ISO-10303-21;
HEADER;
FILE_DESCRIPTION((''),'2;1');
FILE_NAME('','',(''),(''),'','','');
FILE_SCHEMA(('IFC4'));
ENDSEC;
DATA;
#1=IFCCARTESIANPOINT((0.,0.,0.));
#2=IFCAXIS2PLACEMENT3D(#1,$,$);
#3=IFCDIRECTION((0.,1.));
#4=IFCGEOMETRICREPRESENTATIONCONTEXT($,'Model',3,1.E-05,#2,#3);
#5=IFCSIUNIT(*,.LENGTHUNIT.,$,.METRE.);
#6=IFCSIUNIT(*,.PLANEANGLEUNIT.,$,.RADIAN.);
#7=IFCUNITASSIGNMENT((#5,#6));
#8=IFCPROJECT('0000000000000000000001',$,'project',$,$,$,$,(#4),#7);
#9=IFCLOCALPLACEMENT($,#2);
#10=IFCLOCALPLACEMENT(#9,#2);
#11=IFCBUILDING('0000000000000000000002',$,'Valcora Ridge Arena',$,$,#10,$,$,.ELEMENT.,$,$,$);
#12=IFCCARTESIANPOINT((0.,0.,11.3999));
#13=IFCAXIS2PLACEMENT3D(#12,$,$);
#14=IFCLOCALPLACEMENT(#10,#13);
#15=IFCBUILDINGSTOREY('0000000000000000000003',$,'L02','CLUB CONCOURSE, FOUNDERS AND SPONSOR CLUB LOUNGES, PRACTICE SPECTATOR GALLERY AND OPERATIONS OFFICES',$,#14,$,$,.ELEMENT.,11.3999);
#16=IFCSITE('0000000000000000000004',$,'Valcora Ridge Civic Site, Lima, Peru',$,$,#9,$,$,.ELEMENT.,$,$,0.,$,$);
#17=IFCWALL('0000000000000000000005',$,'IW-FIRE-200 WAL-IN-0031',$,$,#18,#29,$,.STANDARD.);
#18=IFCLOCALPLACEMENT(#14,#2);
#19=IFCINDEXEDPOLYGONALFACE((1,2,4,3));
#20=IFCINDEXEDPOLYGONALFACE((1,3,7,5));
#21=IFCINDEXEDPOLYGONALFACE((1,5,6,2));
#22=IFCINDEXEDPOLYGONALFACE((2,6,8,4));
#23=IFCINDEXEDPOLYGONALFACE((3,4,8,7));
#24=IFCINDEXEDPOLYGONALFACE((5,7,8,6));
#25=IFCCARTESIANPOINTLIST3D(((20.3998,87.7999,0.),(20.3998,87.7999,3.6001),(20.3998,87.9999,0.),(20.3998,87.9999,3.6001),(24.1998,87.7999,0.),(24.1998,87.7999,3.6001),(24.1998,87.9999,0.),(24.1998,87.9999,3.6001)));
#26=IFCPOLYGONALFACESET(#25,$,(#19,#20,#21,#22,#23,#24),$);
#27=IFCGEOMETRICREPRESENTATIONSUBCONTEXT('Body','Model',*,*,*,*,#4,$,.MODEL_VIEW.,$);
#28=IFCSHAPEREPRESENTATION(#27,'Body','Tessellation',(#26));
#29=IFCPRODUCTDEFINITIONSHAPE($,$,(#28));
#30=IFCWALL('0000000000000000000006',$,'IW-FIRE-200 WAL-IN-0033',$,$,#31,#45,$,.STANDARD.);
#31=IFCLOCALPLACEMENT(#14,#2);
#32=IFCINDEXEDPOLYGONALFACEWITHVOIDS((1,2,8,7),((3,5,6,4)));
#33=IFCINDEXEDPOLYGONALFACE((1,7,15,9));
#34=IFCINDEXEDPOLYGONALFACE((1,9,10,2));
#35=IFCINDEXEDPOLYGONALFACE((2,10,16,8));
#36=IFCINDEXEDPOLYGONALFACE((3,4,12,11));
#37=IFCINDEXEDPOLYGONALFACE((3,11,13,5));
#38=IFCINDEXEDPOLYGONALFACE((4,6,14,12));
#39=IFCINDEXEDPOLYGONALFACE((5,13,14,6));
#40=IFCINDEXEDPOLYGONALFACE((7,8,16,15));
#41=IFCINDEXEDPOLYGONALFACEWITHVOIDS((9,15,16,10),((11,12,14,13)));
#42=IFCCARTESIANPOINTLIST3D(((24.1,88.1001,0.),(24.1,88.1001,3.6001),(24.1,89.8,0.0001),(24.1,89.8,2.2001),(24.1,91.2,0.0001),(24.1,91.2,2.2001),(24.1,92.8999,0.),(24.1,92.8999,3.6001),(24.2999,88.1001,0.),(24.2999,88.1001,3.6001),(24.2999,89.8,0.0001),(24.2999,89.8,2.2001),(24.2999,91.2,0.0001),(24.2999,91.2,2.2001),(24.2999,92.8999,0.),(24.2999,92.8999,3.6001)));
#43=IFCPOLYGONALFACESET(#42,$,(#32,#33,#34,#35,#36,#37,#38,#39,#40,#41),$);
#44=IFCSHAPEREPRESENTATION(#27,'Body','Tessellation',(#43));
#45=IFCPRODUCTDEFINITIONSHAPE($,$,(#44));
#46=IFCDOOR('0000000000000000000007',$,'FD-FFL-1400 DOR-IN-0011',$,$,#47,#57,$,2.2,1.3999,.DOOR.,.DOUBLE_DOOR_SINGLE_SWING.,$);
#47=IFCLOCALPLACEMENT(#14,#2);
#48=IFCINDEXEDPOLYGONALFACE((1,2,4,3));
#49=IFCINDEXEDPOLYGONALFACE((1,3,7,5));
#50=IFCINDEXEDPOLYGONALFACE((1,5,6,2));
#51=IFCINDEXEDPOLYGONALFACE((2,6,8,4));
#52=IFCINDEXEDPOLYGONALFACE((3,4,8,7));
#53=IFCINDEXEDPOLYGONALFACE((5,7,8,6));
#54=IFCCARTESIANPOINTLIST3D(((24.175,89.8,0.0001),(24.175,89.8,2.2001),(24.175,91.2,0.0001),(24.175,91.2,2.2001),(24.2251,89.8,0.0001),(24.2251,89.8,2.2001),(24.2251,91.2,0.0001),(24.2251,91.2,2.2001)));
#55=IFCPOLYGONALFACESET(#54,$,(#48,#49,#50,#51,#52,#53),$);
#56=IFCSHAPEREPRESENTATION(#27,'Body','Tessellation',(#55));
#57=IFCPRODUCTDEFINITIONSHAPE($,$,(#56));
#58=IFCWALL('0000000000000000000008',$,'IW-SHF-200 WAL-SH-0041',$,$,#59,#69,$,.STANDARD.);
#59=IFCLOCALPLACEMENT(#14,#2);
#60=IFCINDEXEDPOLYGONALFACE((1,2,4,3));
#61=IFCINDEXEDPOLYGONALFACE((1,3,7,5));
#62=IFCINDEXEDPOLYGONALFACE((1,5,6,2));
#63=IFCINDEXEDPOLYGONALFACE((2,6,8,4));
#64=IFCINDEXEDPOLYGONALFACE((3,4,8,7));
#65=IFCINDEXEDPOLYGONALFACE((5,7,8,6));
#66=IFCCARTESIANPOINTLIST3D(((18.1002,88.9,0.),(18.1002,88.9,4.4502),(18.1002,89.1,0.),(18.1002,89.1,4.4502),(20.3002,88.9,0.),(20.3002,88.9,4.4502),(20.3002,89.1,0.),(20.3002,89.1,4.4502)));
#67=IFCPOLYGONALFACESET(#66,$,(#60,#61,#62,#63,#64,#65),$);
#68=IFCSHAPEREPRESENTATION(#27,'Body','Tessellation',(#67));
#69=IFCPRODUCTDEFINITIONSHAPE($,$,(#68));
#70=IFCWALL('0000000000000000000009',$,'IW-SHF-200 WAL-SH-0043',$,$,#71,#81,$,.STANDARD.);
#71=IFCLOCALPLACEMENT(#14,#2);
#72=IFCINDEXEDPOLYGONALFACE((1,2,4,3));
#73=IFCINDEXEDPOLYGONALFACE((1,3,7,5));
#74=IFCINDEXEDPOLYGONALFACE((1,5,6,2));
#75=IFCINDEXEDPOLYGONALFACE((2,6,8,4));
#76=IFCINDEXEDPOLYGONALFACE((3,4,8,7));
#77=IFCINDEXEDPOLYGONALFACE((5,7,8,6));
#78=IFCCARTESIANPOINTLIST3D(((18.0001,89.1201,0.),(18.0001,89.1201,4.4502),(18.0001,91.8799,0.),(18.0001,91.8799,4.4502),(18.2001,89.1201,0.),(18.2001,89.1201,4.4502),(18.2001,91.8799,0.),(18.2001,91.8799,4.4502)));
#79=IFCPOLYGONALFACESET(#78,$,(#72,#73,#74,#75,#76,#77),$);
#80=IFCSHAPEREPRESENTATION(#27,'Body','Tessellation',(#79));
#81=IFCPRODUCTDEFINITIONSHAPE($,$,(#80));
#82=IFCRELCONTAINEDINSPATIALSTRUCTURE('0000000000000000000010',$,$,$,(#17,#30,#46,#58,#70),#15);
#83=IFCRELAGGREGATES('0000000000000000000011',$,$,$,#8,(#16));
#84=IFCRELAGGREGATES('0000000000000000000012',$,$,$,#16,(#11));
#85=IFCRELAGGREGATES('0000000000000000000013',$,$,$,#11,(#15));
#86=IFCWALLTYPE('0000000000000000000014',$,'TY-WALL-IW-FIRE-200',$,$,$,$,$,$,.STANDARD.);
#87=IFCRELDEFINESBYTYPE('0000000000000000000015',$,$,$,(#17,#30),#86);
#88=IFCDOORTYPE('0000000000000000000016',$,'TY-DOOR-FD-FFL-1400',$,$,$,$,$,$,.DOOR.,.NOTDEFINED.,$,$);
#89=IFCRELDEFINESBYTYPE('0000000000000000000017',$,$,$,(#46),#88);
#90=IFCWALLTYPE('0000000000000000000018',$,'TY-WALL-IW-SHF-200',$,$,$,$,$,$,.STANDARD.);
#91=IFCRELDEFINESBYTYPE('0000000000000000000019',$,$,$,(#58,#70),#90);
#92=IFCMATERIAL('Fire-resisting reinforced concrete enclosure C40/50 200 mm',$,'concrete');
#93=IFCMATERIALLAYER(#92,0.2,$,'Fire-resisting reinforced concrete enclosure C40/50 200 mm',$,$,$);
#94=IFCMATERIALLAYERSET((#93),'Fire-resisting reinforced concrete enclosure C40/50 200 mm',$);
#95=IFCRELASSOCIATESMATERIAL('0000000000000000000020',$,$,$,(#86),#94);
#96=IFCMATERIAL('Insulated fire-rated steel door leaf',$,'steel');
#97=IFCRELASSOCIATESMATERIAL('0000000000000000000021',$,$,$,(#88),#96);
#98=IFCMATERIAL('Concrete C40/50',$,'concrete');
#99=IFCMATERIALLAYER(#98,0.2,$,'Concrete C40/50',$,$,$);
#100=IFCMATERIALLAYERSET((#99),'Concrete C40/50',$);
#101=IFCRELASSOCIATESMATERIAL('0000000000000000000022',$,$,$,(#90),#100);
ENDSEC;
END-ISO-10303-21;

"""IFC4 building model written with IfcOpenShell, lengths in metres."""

from ifc_helpers import new_model, si_unit, direction, frame, frame_2d, origin, place, context, subcontext, project, spatial, rectangle, extrude, material, layer, layer_set, type_object, element, fill, save


model = new_model("IFC4")

# Units and contexts
model_context = context("Model", 3, precision=1e-05, world=origin(), true_north=direction((0.0, 1.0)))
body_context = subcontext(model_context, "Body", "Model", "MODEL_VIEW")
ifc_project = project(units=[si_unit("LENGTHUNIT", "METRE"), si_unit("PLANEANGLEUNIT", "RADIAN")], contexts=[model_context])

# Site, building, storey
site_placement = place(None, origin())
site = spatial("IfcSite", under=ifc_project, at=site_placement, Name="Valcora Ridge Civic Site, Lima, Peru", CompositionType="ELEMENT", RefElevation=0.0)
building_placement = place(site_placement, origin())
building = spatial("IfcBuilding", under=site, at=building_placement, Name="Valcora Ridge Arena", CompositionType="ELEMENT")
storey_placement = place(building_placement, frame((0.0, 0.0, 11.3999)))
storey = spatial("IfcBuildingStorey", under=building, at=storey_placement, Name="L02", Description="CLUB CONCOURSE, FOUNDERS AND SPONSOR CLUB LOUNGES, PRACTICE SPECTATOR GALLERY AND OPERATIONS OFFICES", CompositionType="ELEMENT", Elevation=11.3999)

# Shared definitions
ifc_material_1 = material(Name="Concrete C40/50", Category="concrete")

# Wall
ifc_material_2 = material(Name="Fire-resisting reinforced concrete enclosure C40/50 200 mm", Category="concrete")
ifc_layer_1 = layer(ifc_material_2, 0.2, Name="Fire-resisting reinforced concrete enclosure C40/50 200 mm")
ifc_layer_set_1 = layer_set([ifc_layer_1], Name="Fire-resisting reinforced concrete enclosure C40/50 200 mm")
wall_type_1 = type_object("IfcWallType", Name="TY-WALL-IW-FIRE-200", PredefinedType="STANDARD", material=ifc_layer_set_1)
wall_1_placement = place(storey_placement, frame((20.3999, 87.8999, 0.0), z_axis=(0.0, 0.0, 1.0), x_axis=(1.0, 0.0, 0.0)))
element("IfcWall", 1, at=wall_1_placement, inside=storey, type_object=wall_type_1, Name="IW-FIRE-200 WAL-IN-0031", PredefinedType="STANDARD", context=body_context, shape_type="SweptSolid", body=[
    extrude(rectangle(XDim=3.8, YDim=0.2, at=frame_2d((1.8999, 0.0))), origin(), (0.0, 0.0, 1.0), 3.6001),
])

# Wall, opening, door
wall_2_placement = place(storey_placement, frame((24.2, 88.1001, 0.0), z_axis=(0.0, 0.0, 1.0), x_axis=(0.0, 1.0, 0.0)))
wall_2 = element("IfcWall", 2, at=wall_2_placement, inside=storey, type_object=wall_type_1, Name="IW-FIRE-200 WAL-IN-0033", PredefinedType="STANDARD", context=body_context, shape_type="SweptSolid", body=[
    extrude(rectangle(XDim=4.7998, YDim=0.2, at=frame_2d((2.3999, 0.0))), origin(), (0.0, 0.0, 1.0), 3.6001),
])
opening_1_placement = place(wall_2_placement, frame((1.7, 0.0, 0.0)))
opening_1 = element("IfcOpeningElement", 3, at=opening_1_placement, cuts=wall_2, PredefinedType="OPENING", context=body_context, shape_type="SweptSolid", body=[
    extrude(rectangle(XDim=1.3999, YDim=2.2, at=frame_2d((0.7, 1.1001))), frame((0.0, 0.1099, 0.0), z_axis=(0.0, -1.0, 0.0), x_axis=(1.0, 0.0, 0.0)), (0.0, 0.0, 1.0), 0.22),
])
ifc_material_3 = material(Name="Insulated fire-rated steel door leaf", Category="steel")
door_type_1 = type_object("IfcDoorType", Name="TY-DOOR-FD-FFL-1400", OperationType="NOTDEFINED", PredefinedType="DOOR", material=ifc_material_3)
door_1_placement = place(opening_1_placement, origin())
door_1 = element("IfcDoor", 4, at=door_1_placement, inside=storey, type_object=door_type_1, Name="FD-FFL-1400 DOR-IN-0011", OperationType="DOUBLE_DOOR_SINGLE_SWING", OverallHeight=2.2, OverallWidth=1.3999, PredefinedType="DOOR", context=body_context, shape_type="SweptSolid", body=[
    extrude(rectangle(XDim=1.3999, YDim=2.2, at=frame_2d((0.7, 1.1001))), frame((0.0, 0.0249, 0.0), z_axis=(0.0, -1.0, 0.0), x_axis=(1.0, 0.0, 0.0)), (0.0, 0.0, 1.0), 0.05),
])
fill(opening_1, door_1)

# Walls
ifc_layer_2 = layer(ifc_material_1, 0.2, Name="Concrete C40/50")
ifc_layer_set_2 = layer_set([ifc_layer_2], Name="Concrete C40/50")
wall_type_2 = type_object("IfcWallType", Name="TY-WALL-IW-SHF-200", PredefinedType="STANDARD", material=ifc_layer_set_2)
wall_3_placement = place(storey_placement, frame((18.1001, 89.0, 0.0), z_axis=(0.0, 0.0, 1.0), x_axis=(1.0, 0.0, 0.0)))
element("IfcWall", 5, at=wall_3_placement, inside=storey, type_object=wall_type_2, Name="IW-SHF-200 WAL-SH-0041", PredefinedType="STANDARD", context=body_context, shape_type="SweptSolid", body=[
    extrude(rectangle(XDim=2.2, YDim=0.2, at=frame_2d((1.1001, 0.0))), origin(), (0.0, 0.0, 1.0), 4.4502),
])
wall_4_placement = place(storey_placement, frame((18.1001, 89.1201, 0.0), z_axis=(0.0, 0.0, 1.0), x_axis=(0.0, 1.0, 0.0)))
element("IfcWall", 6, at=wall_4_placement, inside=storey, type_object=wall_type_2, Name="IW-SHF-200 WAL-SH-0043", PredefinedType="STANDARD", context=body_context, shape_type="SweptSolid", body=[
    extrude(rectangle(XDim=2.7598, YDim=0.2, at=frame_2d((1.3799, 0.0))), origin(), (0.0, 0.0, 1.0), 4.4502),
])

save(model, "model.ifc")
